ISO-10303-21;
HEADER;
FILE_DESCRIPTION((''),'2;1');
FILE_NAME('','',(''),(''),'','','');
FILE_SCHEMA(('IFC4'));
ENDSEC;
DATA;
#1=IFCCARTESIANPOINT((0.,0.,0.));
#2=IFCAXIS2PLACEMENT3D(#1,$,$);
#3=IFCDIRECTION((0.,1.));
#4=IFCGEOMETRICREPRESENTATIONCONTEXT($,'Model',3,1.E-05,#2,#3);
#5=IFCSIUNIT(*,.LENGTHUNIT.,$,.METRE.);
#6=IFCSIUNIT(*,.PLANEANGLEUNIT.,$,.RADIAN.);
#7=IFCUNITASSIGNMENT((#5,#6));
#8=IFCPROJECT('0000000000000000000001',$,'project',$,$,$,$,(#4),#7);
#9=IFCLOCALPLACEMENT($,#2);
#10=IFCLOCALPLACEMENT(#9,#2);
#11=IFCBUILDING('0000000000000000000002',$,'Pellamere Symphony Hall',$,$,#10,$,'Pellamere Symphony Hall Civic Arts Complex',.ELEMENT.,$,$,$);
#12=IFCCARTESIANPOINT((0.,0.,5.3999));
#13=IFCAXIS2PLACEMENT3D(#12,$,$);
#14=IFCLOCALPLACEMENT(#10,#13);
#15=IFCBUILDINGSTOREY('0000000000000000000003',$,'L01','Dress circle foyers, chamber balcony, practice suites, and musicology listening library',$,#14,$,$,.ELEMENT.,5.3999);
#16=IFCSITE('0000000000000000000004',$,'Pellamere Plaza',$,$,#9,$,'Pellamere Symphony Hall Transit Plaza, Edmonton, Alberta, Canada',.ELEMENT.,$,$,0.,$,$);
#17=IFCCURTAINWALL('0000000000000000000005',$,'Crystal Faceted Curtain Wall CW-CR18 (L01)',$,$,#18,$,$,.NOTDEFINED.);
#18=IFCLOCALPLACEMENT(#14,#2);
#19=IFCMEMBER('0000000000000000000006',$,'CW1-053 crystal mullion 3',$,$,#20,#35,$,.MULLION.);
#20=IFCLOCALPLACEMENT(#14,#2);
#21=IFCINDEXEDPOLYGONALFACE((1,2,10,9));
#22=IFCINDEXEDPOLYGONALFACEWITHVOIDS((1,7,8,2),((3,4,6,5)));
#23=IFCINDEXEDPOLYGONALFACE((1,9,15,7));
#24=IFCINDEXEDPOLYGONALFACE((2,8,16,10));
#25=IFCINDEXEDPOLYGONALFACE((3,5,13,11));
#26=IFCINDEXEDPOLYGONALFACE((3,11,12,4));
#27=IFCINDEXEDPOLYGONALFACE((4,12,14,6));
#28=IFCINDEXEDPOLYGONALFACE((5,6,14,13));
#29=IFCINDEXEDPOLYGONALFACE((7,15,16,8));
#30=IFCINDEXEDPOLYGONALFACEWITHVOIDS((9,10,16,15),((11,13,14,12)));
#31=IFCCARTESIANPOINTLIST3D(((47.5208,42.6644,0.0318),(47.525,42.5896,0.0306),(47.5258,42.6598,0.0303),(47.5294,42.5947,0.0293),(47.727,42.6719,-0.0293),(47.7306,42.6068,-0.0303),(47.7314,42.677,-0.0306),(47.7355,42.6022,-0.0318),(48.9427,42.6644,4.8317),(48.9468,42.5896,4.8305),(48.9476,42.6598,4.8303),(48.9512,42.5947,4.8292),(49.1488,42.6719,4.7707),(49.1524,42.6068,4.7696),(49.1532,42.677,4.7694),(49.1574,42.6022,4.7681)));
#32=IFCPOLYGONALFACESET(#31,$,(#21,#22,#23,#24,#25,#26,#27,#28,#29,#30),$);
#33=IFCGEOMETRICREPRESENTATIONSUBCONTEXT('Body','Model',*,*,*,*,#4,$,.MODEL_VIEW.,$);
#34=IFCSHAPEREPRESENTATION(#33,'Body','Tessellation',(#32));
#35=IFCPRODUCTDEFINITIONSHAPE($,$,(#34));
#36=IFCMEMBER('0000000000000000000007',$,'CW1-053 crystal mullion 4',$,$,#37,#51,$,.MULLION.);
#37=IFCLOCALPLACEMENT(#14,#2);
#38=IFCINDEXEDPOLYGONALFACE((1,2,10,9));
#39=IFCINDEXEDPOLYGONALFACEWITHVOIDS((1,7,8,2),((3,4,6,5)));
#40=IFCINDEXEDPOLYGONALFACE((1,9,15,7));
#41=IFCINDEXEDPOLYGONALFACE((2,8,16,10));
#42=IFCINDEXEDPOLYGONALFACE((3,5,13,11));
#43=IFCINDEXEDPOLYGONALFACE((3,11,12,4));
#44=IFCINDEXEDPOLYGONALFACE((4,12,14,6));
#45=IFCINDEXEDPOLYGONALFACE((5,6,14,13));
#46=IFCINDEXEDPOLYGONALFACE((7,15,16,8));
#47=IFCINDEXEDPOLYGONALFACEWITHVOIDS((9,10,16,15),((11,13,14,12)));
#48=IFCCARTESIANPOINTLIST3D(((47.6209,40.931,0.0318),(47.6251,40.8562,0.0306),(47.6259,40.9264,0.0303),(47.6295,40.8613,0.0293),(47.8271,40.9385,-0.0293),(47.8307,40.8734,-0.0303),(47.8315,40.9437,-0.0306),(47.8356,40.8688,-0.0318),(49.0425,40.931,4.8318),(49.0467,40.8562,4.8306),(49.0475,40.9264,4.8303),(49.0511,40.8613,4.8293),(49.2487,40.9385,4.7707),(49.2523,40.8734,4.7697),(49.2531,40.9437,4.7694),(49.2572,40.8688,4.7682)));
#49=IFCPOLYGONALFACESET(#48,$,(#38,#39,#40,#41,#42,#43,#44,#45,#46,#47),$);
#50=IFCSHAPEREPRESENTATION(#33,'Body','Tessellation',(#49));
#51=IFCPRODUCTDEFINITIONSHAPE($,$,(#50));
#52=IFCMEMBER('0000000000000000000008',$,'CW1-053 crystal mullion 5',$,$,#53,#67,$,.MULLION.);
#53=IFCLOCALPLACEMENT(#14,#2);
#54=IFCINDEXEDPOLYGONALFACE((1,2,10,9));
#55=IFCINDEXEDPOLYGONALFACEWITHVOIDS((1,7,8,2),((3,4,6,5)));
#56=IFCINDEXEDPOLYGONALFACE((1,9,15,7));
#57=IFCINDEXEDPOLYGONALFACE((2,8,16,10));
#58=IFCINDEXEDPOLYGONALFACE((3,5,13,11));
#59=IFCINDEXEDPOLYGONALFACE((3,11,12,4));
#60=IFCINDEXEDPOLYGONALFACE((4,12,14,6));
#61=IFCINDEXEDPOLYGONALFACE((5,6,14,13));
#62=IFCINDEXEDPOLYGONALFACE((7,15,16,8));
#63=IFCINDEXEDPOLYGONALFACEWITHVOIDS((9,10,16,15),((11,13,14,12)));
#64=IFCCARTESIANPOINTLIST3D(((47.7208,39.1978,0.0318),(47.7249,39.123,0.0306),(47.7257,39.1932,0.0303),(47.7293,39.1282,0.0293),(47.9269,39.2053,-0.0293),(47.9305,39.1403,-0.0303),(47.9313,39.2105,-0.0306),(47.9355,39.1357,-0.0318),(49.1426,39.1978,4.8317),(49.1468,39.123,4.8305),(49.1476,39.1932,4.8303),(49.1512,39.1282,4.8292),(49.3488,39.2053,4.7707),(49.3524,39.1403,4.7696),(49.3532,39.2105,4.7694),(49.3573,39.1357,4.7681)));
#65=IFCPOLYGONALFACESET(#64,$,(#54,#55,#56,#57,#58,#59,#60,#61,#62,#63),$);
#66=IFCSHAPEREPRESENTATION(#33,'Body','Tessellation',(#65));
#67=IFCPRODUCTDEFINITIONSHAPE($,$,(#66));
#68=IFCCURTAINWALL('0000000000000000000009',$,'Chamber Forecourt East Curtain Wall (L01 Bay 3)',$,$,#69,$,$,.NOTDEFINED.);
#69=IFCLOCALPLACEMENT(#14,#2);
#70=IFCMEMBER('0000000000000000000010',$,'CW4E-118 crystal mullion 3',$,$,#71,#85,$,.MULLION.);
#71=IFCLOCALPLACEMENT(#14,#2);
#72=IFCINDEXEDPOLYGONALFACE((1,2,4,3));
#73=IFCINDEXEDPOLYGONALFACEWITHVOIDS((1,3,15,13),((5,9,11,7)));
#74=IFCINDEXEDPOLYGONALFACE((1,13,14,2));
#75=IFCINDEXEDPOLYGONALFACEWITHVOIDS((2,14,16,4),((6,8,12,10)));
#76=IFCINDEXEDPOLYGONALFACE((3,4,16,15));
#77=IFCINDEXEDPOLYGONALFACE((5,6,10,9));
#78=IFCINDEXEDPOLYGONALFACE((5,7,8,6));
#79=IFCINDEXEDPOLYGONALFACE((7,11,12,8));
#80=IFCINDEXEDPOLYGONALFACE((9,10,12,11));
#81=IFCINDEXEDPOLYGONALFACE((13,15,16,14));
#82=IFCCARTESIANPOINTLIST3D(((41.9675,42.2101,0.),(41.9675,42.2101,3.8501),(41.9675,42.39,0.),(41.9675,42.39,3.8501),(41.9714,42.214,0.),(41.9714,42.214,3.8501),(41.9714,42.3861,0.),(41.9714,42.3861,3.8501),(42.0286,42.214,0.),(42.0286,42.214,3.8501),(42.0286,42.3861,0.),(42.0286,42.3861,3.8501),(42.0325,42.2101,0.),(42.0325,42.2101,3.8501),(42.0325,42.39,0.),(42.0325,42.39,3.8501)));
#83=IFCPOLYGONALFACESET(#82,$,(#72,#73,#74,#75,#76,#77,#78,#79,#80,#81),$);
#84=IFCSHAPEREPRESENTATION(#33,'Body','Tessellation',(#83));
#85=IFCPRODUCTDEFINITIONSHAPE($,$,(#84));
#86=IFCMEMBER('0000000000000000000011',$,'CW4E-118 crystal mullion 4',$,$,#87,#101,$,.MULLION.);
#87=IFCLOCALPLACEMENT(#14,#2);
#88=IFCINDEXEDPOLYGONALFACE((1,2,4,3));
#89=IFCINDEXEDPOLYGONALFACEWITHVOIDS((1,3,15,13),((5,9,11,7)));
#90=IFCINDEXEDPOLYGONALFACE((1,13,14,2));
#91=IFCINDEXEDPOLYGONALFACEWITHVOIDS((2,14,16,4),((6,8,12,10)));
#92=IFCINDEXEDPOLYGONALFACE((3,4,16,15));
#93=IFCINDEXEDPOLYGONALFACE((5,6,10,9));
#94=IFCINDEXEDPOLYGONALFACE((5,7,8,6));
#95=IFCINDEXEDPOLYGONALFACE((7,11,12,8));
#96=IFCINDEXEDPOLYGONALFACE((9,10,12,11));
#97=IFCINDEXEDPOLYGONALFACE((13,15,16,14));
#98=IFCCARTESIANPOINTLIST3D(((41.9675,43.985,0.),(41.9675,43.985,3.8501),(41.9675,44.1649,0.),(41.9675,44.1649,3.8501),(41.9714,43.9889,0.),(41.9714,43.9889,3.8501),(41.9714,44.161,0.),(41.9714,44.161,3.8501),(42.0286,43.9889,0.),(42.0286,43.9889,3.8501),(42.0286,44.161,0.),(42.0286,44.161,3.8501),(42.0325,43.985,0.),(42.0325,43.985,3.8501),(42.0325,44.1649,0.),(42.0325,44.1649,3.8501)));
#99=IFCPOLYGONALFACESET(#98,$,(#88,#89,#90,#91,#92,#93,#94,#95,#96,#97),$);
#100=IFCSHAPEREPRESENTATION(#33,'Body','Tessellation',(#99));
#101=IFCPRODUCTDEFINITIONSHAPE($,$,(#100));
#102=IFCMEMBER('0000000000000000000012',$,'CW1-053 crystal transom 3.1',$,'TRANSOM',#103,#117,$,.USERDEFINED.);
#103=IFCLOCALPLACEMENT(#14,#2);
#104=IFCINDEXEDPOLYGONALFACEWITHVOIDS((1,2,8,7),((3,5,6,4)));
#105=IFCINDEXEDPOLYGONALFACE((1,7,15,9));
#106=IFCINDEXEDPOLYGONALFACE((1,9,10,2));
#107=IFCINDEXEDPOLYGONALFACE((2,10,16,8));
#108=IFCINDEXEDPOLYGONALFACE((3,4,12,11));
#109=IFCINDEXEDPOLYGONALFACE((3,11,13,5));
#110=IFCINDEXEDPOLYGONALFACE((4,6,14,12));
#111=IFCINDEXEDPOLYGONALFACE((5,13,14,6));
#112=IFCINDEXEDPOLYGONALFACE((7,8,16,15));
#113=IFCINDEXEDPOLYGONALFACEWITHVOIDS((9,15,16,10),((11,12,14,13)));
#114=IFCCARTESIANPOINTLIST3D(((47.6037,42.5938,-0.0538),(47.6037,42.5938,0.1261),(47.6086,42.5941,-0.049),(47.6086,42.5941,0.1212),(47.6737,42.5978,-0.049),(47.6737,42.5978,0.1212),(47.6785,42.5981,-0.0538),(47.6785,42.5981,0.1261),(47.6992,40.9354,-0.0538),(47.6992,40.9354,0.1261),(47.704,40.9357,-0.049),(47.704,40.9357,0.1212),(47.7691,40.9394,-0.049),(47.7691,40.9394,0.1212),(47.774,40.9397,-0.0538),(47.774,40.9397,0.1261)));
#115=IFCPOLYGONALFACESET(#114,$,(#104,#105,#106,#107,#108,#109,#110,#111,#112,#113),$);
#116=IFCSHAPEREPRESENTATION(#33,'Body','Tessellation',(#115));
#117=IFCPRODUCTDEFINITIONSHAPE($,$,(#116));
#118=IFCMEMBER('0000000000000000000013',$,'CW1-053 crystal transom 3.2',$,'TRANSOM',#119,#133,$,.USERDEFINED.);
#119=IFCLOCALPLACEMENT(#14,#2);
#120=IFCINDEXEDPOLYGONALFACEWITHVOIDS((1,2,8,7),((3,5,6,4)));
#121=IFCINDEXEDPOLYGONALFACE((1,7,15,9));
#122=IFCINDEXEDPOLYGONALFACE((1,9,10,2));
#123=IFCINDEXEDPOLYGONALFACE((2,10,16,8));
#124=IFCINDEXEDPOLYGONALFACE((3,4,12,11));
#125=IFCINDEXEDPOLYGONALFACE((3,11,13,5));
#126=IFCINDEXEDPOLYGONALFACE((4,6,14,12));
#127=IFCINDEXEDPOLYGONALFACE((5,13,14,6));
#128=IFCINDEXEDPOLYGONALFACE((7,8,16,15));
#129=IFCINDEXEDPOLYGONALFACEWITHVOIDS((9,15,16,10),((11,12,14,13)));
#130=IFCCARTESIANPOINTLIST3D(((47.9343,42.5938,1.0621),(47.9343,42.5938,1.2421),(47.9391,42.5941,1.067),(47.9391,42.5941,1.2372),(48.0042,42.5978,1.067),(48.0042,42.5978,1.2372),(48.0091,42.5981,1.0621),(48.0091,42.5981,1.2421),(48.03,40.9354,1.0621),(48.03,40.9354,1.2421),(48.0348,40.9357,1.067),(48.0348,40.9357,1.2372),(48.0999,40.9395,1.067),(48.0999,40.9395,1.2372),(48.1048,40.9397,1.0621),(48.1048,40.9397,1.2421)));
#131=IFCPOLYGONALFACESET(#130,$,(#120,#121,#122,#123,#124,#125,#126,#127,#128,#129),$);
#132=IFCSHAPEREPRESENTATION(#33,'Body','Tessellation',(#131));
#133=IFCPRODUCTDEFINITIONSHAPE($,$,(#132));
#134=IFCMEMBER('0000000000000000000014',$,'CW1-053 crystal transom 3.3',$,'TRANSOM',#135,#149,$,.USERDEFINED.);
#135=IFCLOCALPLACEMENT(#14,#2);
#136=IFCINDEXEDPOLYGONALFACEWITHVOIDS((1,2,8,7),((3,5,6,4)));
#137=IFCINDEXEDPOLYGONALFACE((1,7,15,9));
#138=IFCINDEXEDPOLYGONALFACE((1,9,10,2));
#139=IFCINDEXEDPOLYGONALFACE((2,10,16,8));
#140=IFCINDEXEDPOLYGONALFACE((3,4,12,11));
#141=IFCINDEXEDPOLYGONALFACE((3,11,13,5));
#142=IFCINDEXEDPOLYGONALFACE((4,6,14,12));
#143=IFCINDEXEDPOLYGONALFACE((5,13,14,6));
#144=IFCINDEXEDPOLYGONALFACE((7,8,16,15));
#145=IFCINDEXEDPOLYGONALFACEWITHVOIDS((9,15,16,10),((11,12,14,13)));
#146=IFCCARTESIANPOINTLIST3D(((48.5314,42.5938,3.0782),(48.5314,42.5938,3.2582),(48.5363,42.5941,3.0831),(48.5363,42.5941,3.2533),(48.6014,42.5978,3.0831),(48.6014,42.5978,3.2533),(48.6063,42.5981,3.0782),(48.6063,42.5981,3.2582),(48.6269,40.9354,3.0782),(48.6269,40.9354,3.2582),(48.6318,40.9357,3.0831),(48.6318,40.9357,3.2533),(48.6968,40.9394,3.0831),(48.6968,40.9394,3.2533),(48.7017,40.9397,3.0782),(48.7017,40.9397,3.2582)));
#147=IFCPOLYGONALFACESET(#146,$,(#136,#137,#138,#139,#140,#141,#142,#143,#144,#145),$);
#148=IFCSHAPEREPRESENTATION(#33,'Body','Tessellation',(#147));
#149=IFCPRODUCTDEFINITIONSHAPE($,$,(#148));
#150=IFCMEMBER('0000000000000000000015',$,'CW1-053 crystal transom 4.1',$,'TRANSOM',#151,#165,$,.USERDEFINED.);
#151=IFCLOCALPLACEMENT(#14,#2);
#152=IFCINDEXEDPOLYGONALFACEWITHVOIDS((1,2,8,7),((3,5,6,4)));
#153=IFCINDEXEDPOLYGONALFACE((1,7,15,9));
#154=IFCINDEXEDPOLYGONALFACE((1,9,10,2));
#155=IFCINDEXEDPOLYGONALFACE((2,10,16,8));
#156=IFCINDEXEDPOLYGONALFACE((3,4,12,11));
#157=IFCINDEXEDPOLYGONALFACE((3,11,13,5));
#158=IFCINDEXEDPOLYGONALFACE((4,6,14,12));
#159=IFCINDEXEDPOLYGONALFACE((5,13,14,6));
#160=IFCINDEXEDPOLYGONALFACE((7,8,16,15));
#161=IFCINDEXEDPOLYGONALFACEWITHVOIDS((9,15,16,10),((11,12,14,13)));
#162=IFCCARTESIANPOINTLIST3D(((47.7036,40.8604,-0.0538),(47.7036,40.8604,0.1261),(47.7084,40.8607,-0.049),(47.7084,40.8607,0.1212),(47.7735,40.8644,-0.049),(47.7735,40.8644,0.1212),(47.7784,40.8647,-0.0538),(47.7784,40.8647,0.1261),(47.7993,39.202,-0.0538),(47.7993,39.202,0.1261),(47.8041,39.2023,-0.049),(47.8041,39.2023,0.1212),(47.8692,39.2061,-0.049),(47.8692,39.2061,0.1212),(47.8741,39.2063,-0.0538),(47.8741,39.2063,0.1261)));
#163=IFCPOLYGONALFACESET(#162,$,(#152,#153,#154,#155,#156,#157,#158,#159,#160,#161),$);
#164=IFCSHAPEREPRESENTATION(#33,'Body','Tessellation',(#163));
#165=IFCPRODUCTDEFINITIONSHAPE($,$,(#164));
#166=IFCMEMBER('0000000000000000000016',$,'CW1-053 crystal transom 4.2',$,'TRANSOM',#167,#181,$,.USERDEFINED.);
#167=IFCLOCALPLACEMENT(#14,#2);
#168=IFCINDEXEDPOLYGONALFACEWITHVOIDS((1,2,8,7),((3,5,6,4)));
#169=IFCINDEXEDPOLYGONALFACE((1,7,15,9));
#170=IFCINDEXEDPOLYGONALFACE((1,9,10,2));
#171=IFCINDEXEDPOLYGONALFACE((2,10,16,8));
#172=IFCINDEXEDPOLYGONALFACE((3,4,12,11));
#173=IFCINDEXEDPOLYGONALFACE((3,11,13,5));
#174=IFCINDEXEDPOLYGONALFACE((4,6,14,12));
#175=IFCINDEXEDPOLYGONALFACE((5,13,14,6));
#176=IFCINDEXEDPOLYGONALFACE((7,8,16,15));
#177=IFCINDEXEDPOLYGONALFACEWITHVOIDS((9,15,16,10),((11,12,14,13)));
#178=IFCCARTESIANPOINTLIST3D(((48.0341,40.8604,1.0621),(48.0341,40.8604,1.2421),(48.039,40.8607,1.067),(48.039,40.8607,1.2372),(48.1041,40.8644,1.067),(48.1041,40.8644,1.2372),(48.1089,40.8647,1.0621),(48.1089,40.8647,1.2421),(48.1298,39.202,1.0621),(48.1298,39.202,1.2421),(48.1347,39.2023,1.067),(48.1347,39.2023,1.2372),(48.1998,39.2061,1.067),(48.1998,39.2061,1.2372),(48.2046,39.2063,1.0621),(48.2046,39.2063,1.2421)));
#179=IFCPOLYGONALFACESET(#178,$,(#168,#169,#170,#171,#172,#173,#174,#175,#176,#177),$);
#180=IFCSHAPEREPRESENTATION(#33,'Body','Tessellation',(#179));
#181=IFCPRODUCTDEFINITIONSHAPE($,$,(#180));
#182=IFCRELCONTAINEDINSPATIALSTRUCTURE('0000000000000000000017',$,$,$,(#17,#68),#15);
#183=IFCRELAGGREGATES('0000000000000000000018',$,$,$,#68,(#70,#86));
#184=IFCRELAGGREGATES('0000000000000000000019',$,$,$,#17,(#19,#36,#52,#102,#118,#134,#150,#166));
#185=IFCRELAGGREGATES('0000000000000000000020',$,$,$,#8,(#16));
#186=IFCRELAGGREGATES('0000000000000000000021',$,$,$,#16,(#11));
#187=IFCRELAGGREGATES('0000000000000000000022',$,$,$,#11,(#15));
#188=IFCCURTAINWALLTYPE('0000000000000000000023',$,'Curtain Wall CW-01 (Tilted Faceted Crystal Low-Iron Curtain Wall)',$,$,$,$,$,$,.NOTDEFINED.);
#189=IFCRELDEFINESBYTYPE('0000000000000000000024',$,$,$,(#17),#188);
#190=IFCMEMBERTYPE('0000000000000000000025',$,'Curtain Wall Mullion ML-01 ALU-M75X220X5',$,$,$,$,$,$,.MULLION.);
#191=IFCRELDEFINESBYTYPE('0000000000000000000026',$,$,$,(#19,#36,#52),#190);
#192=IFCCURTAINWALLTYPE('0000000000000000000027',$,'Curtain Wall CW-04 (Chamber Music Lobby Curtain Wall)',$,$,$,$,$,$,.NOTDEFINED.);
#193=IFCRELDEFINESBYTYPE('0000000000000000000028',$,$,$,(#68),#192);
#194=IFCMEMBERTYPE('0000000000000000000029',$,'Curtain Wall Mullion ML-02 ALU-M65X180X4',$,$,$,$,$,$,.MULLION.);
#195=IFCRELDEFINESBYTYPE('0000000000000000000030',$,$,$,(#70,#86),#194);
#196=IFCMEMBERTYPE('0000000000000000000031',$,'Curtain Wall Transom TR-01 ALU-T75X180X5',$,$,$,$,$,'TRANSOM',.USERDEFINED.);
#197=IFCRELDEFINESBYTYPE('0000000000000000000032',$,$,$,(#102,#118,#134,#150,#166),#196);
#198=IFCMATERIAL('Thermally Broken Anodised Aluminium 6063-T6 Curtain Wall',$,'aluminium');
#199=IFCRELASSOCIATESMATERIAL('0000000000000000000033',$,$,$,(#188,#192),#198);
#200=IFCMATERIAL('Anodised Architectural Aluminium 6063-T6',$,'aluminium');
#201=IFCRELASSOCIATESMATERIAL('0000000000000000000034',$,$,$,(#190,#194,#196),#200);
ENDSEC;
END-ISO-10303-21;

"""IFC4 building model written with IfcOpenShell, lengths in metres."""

from ifc_helpers import new_model, si_unit, direction, frame, origin, origin_2d, place, context, subcontext, project, spatial, hollow_rectangle, extrude, material, material_profile, profile_set, type_object, element, aggregate, save


model = new_model("IFC4")

# Units and contexts
model_context = context("Model", 3, precision=1e-05, world=origin(), true_north=direction((0.0, 1.0)))
body_context = subcontext(model_context, "Body", "Model", "MODEL_VIEW")
ifc_project = project(units=[si_unit("LENGTHUNIT", "METRE"), si_unit("PLANEANGLEUNIT", "RADIAN")], contexts=[model_context])

# Site, building, storey
site_placement = place(None, origin())
site = spatial("IfcSite", under=ifc_project, at=site_placement, Name="Pellamere Plaza", LongName="Pellamere Symphony Hall Transit Plaza, Edmonton, Alberta, Canada", CompositionType="ELEMENT", RefElevation=0.0)
building_placement = place(site_placement, origin())
building = spatial("IfcBuilding", under=site, at=building_placement, Name="Pellamere Symphony Hall", LongName="Pellamere Symphony Hall Civic Arts Complex", CompositionType="ELEMENT")
storey_placement = place(building_placement, frame((0.0, 0.0, 5.3999)))
storey = spatial("IfcBuildingStorey", under=building, at=storey_placement, Name="L01", Description="Dress circle foyers, chamber balcony, practice suites, and musicology listening library", CompositionType="ELEMENT", Elevation=5.3999)

# Curtain walls, members
ifc_material_1 = material(Name="Thermally Broken Anodised Aluminium 6063-T6 Curtain Wall", Category="aluminium")
curtain_wall_type_1 = type_object("IfcCurtainWallType", Name="Curtain Wall CW-01 (Tilted Faceted Crystal Low-Iron Curtain Wall)", PredefinedType="NOTDEFINED", material=ifc_material_1)
curtain_wall_1_placement = place(storey_placement, origin())
curtain_wall_1 = element("IfcCurtainWall", 1, at=curtain_wall_1_placement, inside=storey, type_object=curtain_wall_type_1, Name="Crystal Faceted Curtain Wall CW-CR18 (L01)", PredefinedType="NOTDEFINED")
ifc_material_2 = material(Name="Anodised Architectural Aluminium 6063-T6", Category="aluminium")
ifc_material_profile_1 = material_profile(ifc_material_2, hollow_rectangle(XDim=0.075, YDim=0.22, WallThickness=0.0049, at=origin_2d()), Name="ALU-M75X220X5")
ifc_profile_set_1 = profile_set([ifc_material_profile_1], Name="Anodised Architectural Aluminium 6063-T6")
member_type_1 = type_object("IfcMemberType", Name="Curtain Wall Mullion ML-01 ALU-M75X220X5", PredefinedType="MULLION", material=ifc_profile_set_1)
member_1_placement = place(storey_placement, frame((47.6282, 42.6333, 0.0), z_axis=(0.284022, 0.0, 0.958818), x_axis=(-0.055225, 0.99834, 0.016359)))
member_1 = element("IfcMember", 2, at=member_1_placement, type_object=member_type_1, Name="CW1-053 crystal mullion 3", PredefinedType="MULLION", context=body_context, shape_type="SweptSolid", body=[
    extrude(hollow_rectangle(XDim=0.075, YDim=0.22, WallThickness=0.0049, at=origin_2d()), origin(), (0.0, 0.0, 1.0), 5.0061),
])
member_2_placement = place(storey_placement, frame((47.7283, 40.8999, 0.0), z_axis=(0.283977, 0.0, 0.958831), x_axis=(-0.055225, 0.99834, 0.016356)))
member_2 = element("IfcMember", 3, at=member_2_placement, type_object=member_type_1, Name="CW1-053 crystal mullion 4", PredefinedType="MULLION", context=body_context, shape_type="SweptSolid", body=[
    extrude(hollow_rectangle(XDim=0.075, YDim=0.22, WallThickness=0.0049, at=origin_2d()), origin(), (0.0, 0.0, 1.0), 5.0061),
])
member_3_placement = place(storey_placement, frame((47.8281, 39.1667, 0.0), z_axis=(0.284022, 0.0, 0.958818), x_axis=(-0.055225, 0.99834, 0.016359)))
member_3 = element("IfcMember", 4, at=member_3_placement, type_object=member_type_1, Name="CW1-053 crystal mullion 5", PredefinedType="MULLION", context=body_context, shape_type="SweptSolid", body=[
    extrude(hollow_rectangle(XDim=0.075, YDim=0.22, WallThickness=0.0049, at=origin_2d()), origin(), (0.0, 0.0, 1.0), 5.0061),
])
curtain_wall_type_2 = type_object("IfcCurtainWallType", Name="Curtain Wall CW-04 (Chamber Music Lobby Curtain Wall)", PredefinedType="NOTDEFINED", material=ifc_material_1)
curtain_wall_2_placement = place(storey_placement, origin())
curtain_wall_2 = element("IfcCurtainWall", 5, at=curtain_wall_2_placement, inside=storey, type_object=curtain_wall_type_2, Name="Chamber Forecourt East Curtain Wall (L01 Bay 3)", PredefinedType="NOTDEFINED")
ifc_material_profile_2 = material_profile(ifc_material_2, hollow_rectangle(XDim=0.0649, YDim=0.1799, WallThickness=0.0039, at=origin_2d()), Name="ALU-M65X180X4")
ifc_profile_set_2 = profile_set([ifc_material_profile_2], Name="Anodised Architectural Aluminium 6063-T6")
member_type_2 = type_object("IfcMemberType", Name="Curtain Wall Mullion ML-02 ALU-M65X180X4", PredefinedType="MULLION", material=ifc_profile_set_2)
member_4_placement = place(storey_placement, frame((42.0, 42.3, 0.0), z_axis=(0.0, 0.0, 1.0), x_axis=(-1.0, 0.0, 0.0)))
member_4 = element("IfcMember", 6, at=member_4_placement, type_object=member_type_2, Name="CW4E-118 crystal mullion 3", PredefinedType="MULLION", context=body_context, shape_type="SweptSolid", body=[
    extrude(hollow_rectangle(XDim=0.0649, YDim=0.1799, WallThickness=0.0039, at=origin_2d()), origin(), (0.0, 0.0, 1.0), 3.8501),
])
member_5_placement = place(storey_placement, frame((42.0, 44.075, 0.0), z_axis=(0.0, 0.0, 1.0), x_axis=(-1.0, 0.0, 0.0)))
member_5 = element("IfcMember", 7, at=member_5_placement, type_object=member_type_2, Name="CW4E-118 crystal mullion 4", PredefinedType="MULLION", context=body_context, shape_type="SweptSolid", body=[
    extrude(hollow_rectangle(XDim=0.0649, YDim=0.1799, WallThickness=0.0039, at=origin_2d()), origin(), (0.0, 0.0, 1.0), 3.8501),
])

# Members
ifc_material_profile_3 = material_profile(ifc_material_2, hollow_rectangle(XDim=0.075, YDim=0.1799, WallThickness=0.0049, at=origin_2d()), Name="ALU-T75X180X5")
ifc_profile_set_3 = profile_set([ifc_material_profile_3], Name="Anodised Architectural Aluminium 6063-T6")
member_type_3 = type_object("IfcMemberType", Name="Curtain Wall Transom TR-01 ALU-T75X180X5", ElementType="TRANSOM", PredefinedType="USERDEFINED", material=ifc_profile_set_3)
member_6_placement = place(storey_placement, frame((47.6411, 42.5959, 0.0361), z_axis=(0.057464, -0.998348, 0.0), x_axis=(0.998348, 0.057464, 0.0)))
member_6 = element("IfcMember", 8, at=member_6_placement, type_object=member_type_3, Name="CW1-053 crystal transom 3.1", ObjectType="TRANSOM", PredefinedType="USERDEFINED", context=body_context, shape_type="SweptSolid", body=[
    extrude(hollow_rectangle(XDim=0.075, YDim=0.1799, WallThickness=0.0049, at=origin_2d()), origin(), (0.0, 0.0, 1.0), 1.6611),
])
member_7_placement = place(storey_placement, frame((47.9717, 42.5959, 1.1521), z_axis=(0.057611, -0.998339, 0.0), x_axis=(0.998339, 0.057611, 0.0)))
member_7 = element("IfcMember", 9, at=member_7_placement, type_object=member_type_3, Name="CW1-053 crystal transom 3.2", ObjectType="TRANSOM", PredefinedType="USERDEFINED", context=body_context, shape_type="SweptSolid", body=[
    extrude(hollow_rectangle(XDim=0.075, YDim=0.1799, WallThickness=0.0049, at=origin_2d()), origin(), (0.0, 0.0, 1.0), 1.6611),
])
member_8_placement = place(storey_placement, frame((48.5688, 42.5959, 3.1682), z_axis=(0.057464, -0.998348, 0.0), x_axis=(0.998348, 0.057464, 0.0)))
member_8 = element("IfcMember", 10, at=member_8_placement, type_object=member_type_3, Name="CW1-053 crystal transom 3.3", ObjectType="TRANSOM", PredefinedType="USERDEFINED", context=body_context, shape_type="SweptSolid", body=[
    extrude(hollow_rectangle(XDim=0.075, YDim=0.1799, WallThickness=0.0049, at=origin_2d()), origin(), (0.0, 0.0, 1.0), 1.6611),
])
member_9_placement = place(storey_placement, frame((47.741, 40.8625, 0.0361), z_axis=(0.057611, -0.998339, 0.0), x_axis=(0.998339, 0.057611, 0.0)))
member_9 = element("IfcMember", 11, at=member_9_placement, type_object=member_type_3, Name="CW1-053 crystal transom 4.1", ObjectType="TRANSOM", PredefinedType="USERDEFINED", context=body_context, shape_type="SweptSolid", body=[
    extrude(hollow_rectangle(XDim=0.075, YDim=0.1799, WallThickness=0.0049, at=origin_2d()), origin(), (0.0, 0.0, 1.0), 1.6611),
])
member_10_placement = place(storey_placement, frame((48.0715, 40.8625, 1.1521), z_axis=(0.057611, -0.998339, 0.0), x_axis=(0.998339, 0.057611, 0.0)))
member_10 = element("IfcMember", 12, at=member_10_placement, type_object=member_type_3, Name="CW1-053 crystal transom 4.2", ObjectType="TRANSOM", PredefinedType="USERDEFINED", context=body_context, shape_type="SweptSolid", body=[
    extrude(hollow_rectangle(XDim=0.075, YDim=0.1799, WallThickness=0.0049, at=origin_2d()), origin(), (0.0, 0.0, 1.0), 1.6611),
])

aggregate(curtain_wall_2, [member_4, member_5])
aggregate(curtain_wall_1, [member_1, member_2, member_3, member_6, member_7, member_8, member_9, member_10])

save(model, "model.ifc")
